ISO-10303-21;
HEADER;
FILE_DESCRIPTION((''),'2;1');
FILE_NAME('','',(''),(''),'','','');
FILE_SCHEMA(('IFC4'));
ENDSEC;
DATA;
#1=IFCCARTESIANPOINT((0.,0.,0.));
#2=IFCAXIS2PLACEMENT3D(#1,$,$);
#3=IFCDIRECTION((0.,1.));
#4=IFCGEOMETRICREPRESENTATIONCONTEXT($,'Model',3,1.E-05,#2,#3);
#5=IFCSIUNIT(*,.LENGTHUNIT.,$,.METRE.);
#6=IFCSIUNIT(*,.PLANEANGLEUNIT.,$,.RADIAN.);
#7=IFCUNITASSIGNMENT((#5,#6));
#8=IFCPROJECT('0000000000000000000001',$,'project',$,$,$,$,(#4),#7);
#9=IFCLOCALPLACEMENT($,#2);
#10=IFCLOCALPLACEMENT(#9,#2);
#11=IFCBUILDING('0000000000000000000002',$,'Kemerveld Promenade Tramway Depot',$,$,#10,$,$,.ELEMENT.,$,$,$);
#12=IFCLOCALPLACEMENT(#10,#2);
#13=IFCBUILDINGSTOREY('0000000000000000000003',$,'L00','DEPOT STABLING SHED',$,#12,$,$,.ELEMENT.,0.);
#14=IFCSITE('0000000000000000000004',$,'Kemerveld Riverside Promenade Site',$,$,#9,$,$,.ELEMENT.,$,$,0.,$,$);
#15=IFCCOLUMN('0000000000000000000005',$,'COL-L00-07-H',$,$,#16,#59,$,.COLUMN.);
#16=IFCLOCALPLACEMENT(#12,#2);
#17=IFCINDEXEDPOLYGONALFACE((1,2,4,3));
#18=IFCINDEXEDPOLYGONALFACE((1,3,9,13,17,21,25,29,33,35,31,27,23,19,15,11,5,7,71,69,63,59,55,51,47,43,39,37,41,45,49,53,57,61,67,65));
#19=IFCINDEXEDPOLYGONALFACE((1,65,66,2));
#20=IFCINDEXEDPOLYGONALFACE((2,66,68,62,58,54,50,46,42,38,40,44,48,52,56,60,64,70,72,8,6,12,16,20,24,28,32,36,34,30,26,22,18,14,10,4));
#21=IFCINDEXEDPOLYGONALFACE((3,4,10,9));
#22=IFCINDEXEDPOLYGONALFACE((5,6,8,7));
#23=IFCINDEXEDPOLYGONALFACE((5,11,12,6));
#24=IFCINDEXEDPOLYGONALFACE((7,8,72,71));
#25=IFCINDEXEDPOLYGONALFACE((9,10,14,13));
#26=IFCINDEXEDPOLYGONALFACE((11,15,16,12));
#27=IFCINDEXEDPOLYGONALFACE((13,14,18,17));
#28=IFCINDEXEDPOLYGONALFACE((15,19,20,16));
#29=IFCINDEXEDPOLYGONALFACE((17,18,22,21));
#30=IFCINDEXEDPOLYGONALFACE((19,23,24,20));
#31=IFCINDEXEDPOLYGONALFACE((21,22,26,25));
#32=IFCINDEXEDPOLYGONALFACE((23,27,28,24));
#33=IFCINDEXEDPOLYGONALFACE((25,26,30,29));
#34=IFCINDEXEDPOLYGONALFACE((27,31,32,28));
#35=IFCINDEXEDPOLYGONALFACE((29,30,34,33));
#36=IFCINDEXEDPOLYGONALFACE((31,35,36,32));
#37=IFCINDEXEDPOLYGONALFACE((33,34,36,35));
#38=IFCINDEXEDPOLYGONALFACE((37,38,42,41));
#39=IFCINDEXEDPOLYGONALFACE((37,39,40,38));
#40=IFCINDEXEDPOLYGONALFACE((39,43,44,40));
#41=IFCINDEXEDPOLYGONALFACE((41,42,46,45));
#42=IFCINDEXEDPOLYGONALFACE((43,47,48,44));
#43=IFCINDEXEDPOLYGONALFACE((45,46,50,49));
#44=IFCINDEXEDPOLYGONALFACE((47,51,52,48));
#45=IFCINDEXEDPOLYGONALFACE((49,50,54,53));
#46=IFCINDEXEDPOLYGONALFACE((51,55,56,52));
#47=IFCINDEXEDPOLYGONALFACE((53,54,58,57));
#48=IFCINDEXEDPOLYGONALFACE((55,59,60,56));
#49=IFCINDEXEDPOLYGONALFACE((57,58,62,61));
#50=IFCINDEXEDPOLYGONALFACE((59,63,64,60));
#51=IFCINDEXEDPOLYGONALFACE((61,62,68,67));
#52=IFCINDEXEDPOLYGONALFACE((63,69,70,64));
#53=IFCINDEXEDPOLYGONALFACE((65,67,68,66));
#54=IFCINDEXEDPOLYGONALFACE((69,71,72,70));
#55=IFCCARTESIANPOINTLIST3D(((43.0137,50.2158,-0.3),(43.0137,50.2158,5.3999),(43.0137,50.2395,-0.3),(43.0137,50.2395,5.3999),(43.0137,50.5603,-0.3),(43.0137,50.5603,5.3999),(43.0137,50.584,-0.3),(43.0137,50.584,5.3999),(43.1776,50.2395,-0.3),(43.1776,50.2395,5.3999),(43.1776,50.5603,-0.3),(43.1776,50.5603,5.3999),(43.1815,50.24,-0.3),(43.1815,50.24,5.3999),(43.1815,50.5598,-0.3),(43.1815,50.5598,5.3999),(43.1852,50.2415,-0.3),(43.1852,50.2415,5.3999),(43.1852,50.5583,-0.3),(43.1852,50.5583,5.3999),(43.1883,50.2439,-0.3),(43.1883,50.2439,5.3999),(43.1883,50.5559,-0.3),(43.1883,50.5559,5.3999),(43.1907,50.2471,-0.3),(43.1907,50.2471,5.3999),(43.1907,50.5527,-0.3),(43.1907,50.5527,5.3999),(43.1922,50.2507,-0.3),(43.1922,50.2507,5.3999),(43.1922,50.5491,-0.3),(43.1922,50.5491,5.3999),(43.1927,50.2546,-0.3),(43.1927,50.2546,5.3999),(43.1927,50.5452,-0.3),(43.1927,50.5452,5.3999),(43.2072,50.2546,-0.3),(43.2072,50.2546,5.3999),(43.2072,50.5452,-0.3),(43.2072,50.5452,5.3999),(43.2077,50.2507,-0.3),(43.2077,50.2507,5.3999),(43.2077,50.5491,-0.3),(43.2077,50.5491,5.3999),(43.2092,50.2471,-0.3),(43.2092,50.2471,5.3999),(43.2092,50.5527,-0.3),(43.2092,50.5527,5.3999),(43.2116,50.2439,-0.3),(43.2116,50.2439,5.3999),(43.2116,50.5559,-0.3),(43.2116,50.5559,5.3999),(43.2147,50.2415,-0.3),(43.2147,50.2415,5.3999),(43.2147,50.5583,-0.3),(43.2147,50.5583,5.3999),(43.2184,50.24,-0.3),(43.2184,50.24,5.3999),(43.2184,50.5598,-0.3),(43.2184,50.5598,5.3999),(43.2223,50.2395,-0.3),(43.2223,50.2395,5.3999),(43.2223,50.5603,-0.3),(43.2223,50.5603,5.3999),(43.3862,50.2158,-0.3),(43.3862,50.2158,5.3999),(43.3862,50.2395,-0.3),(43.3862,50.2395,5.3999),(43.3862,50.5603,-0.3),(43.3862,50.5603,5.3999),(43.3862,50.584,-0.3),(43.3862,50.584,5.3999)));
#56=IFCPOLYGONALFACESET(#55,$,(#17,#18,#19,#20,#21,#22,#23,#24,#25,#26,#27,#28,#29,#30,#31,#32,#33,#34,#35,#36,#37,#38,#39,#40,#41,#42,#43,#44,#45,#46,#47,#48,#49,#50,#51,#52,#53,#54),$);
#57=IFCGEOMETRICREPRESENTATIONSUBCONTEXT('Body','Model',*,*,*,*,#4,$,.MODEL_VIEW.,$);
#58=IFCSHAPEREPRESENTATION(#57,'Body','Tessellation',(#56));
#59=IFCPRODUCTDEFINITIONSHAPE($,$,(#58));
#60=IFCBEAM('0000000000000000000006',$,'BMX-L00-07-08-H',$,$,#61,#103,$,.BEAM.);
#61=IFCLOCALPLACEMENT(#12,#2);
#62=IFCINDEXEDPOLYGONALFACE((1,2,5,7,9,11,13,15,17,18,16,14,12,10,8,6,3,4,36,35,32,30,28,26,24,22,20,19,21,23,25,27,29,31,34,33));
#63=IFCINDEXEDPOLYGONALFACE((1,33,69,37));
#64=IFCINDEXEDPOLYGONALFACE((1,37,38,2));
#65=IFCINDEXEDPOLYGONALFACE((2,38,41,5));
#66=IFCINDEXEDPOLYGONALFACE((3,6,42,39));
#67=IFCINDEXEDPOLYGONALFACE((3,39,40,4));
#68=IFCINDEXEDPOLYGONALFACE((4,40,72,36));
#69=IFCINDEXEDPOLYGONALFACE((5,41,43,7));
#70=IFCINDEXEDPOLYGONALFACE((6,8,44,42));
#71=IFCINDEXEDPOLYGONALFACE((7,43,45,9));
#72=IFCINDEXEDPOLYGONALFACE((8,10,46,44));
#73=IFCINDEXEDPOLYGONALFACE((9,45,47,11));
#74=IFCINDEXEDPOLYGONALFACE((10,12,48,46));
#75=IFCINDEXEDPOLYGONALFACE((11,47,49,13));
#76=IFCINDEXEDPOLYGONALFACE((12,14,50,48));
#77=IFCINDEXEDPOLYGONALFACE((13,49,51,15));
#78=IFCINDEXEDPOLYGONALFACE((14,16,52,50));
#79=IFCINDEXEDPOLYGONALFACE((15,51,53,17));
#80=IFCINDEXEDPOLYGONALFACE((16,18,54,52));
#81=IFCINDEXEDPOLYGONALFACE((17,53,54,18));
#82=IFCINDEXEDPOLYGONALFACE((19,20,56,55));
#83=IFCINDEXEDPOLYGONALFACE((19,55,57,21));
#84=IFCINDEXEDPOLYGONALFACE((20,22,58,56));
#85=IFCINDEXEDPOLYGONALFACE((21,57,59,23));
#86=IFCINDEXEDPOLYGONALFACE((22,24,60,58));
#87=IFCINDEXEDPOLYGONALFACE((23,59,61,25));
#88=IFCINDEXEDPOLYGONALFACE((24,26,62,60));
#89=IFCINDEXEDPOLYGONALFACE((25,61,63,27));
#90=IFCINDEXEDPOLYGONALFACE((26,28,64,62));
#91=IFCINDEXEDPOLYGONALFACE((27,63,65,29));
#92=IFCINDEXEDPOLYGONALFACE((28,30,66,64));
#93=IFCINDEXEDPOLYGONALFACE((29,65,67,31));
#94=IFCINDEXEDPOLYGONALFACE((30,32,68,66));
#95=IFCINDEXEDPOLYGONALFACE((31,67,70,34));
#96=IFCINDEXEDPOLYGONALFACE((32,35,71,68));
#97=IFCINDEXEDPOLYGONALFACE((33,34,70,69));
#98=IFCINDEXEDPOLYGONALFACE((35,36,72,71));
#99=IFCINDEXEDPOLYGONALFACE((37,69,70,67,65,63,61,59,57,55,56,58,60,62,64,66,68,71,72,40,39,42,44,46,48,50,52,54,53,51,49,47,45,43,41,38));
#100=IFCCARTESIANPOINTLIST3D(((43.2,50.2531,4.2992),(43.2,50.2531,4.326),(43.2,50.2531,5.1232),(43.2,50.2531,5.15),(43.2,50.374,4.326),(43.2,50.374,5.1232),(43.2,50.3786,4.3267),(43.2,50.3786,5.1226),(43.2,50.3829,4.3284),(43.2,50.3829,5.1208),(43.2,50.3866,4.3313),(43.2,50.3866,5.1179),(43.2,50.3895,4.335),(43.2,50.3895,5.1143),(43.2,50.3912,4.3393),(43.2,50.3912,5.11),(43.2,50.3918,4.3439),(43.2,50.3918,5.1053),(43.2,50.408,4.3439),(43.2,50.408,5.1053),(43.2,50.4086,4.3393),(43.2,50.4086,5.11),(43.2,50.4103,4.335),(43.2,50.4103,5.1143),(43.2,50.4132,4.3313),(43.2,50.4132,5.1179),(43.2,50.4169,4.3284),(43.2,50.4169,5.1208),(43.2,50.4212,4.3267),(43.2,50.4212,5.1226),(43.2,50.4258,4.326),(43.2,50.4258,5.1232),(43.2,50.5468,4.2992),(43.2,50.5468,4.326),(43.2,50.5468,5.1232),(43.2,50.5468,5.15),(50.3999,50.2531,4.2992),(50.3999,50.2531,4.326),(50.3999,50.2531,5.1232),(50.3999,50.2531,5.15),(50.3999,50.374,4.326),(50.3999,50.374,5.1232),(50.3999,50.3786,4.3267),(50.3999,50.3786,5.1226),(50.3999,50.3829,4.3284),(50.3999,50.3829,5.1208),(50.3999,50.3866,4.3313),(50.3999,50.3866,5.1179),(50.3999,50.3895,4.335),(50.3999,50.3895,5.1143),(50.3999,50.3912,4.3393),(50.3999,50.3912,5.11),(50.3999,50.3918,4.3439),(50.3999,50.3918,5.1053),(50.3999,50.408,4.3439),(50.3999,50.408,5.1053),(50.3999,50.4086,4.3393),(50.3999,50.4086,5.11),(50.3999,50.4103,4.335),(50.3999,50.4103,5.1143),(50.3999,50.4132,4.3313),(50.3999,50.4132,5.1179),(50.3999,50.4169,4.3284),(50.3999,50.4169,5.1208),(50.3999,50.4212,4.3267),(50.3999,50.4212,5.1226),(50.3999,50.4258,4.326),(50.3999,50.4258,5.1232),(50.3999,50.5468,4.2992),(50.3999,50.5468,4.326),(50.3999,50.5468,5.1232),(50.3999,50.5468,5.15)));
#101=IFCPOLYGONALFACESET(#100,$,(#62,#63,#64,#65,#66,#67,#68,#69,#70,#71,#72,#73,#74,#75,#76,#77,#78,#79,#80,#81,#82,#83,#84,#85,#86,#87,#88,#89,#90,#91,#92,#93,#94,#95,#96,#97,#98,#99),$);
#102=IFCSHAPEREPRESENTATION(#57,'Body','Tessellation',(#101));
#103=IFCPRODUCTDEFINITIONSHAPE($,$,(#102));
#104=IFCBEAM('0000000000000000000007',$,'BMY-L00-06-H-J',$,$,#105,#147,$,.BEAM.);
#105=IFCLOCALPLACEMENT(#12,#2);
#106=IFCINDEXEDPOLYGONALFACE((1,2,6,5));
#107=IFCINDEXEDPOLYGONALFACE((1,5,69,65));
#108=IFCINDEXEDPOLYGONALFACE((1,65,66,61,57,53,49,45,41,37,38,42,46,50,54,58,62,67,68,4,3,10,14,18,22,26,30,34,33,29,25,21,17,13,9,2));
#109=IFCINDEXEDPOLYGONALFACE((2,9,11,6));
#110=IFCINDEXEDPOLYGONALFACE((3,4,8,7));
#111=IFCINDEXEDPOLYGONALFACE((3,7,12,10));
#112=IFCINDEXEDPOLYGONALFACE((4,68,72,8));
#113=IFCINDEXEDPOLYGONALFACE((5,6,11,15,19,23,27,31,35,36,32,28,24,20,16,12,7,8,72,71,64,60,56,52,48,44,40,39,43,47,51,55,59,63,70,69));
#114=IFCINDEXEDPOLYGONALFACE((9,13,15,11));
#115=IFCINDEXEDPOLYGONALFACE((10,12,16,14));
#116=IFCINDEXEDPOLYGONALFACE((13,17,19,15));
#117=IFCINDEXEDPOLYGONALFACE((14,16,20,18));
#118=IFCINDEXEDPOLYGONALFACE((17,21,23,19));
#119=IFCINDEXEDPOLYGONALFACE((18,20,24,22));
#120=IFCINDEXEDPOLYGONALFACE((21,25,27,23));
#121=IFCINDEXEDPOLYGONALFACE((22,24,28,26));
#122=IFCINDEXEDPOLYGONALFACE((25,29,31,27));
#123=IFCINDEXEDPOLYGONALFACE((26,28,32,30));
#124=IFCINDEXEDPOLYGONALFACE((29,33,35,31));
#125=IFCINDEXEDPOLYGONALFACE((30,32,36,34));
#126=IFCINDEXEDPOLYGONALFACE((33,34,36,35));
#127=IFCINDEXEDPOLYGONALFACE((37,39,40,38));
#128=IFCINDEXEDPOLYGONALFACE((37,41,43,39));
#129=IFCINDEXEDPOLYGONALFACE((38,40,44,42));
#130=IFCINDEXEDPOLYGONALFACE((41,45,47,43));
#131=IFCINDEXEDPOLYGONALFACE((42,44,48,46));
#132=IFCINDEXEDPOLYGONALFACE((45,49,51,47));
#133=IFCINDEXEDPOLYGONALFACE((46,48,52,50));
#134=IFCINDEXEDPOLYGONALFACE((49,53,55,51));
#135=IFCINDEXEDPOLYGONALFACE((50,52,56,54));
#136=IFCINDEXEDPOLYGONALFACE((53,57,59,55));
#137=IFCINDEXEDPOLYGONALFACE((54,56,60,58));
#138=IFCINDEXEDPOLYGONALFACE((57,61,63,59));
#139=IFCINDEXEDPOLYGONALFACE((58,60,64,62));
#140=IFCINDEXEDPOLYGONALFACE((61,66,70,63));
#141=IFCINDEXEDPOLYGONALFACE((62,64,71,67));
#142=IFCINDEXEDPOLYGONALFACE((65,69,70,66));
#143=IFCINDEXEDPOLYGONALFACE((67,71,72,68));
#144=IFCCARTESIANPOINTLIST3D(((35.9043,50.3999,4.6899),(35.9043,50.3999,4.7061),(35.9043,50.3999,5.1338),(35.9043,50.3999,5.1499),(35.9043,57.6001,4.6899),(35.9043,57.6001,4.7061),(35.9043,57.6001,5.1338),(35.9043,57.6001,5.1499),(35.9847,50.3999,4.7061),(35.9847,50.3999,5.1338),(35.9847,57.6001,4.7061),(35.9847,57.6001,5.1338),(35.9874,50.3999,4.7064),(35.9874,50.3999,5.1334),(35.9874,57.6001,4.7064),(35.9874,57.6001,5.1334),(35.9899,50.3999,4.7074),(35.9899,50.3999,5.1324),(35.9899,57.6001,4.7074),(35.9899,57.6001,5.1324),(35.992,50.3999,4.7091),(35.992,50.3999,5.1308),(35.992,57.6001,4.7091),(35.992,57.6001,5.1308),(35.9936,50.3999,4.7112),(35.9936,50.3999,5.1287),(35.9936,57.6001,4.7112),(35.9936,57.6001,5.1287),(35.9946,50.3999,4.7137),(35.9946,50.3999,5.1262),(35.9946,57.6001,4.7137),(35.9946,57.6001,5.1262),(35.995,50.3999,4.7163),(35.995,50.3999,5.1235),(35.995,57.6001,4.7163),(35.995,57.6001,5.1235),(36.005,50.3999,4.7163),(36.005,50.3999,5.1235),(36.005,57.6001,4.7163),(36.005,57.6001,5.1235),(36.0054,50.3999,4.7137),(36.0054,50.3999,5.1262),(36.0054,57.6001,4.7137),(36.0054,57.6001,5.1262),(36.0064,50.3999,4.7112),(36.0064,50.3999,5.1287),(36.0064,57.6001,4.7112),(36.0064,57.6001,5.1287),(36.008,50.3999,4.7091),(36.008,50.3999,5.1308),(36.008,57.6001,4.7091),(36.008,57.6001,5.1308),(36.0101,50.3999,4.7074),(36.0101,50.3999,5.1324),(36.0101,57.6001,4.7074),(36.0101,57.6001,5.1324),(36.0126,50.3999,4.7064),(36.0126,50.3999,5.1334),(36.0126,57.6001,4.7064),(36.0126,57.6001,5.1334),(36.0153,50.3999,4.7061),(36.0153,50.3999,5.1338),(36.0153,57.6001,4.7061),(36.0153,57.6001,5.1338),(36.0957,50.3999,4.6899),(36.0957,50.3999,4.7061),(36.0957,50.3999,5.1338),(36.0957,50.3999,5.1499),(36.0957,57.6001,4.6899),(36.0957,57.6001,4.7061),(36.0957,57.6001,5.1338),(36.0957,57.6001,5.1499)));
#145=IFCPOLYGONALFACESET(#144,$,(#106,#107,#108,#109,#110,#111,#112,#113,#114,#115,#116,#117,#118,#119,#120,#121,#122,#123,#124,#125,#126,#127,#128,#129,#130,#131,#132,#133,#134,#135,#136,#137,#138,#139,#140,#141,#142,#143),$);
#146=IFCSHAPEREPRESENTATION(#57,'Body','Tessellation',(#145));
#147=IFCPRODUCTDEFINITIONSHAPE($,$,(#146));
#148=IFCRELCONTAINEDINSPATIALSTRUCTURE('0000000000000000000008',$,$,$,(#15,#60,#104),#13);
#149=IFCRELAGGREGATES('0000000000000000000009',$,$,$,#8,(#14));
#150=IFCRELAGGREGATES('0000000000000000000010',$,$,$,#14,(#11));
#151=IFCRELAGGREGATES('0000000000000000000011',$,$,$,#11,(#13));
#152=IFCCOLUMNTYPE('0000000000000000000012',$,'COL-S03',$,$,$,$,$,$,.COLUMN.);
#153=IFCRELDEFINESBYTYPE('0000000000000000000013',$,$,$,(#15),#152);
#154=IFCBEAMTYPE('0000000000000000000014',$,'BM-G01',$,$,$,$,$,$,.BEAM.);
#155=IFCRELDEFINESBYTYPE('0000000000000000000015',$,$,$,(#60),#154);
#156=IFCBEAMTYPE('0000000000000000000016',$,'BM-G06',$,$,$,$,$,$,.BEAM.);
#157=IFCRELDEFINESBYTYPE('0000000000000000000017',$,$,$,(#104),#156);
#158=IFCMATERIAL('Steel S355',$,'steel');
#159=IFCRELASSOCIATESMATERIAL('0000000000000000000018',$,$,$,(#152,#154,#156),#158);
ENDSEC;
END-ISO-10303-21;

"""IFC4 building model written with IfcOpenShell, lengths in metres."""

from ifc_helpers import new_model, si_unit, direction, frame, origin, origin_2d, place, context, subcontext, project, spatial, i_section, extrude, material, material_profile, profile_set, type_object, element, save


model = new_model("IFC4")

# Units and contexts
model_context = context("Model", 3, precision=1e-05, world=origin(), true_north=direction((0.0, 1.0)))
body_context = subcontext(model_context, "Body", "Model", "MODEL_VIEW")
ifc_project = project(units=[si_unit("LENGTHUNIT", "METRE"), si_unit("PLANEANGLEUNIT", "RADIAN")], contexts=[model_context])

# Site, building, storey
site_placement = place(None, origin())
site = spatial("IfcSite", under=ifc_project, at=site_placement, Name="Kemerveld Riverside Promenade Site", CompositionType="ELEMENT", RefElevation=0.0)
building_placement = place(site_placement, origin())
building = spatial("IfcBuilding", under=site, at=building_placement, Name="Kemerveld Promenade Tramway Depot", CompositionType="ELEMENT")
storey_placement = place(building_placement, origin())
storey = spatial("IfcBuildingStorey", under=building, at=storey_placement, Name="L00", Description="DEPOT STABLING SHED", CompositionType="ELEMENT", Elevation=0.0)

# Column
ifc_material_1 = material(Name="Steel S355", Category="steel")
ifc_material_profile_1 = material_profile(ifc_material_1, i_section(OverallWidth=0.3726, OverallDepth=0.3682, WebThickness=0.0144, FlangeThickness=0.0237, FilletRadius=0.0151, at=origin_2d()), Name="356x368x177 UC")
ifc_profile_set_1 = profile_set([ifc_material_profile_1], Name="Steel S355")
column_type = type_object("IfcColumnType", Name="COL-S03", PredefinedType="COLUMN", material=ifc_profile_set_1)
for number, where, z_axis, x_axis, name in (
    (1, (43.2, 50.3999, -0.3), (0.0, 0.0, 1.0), (1.0, 0.0, 0.0), "COL-L00-07-H"),
):
    element("IfcColumn", number, at=place(storey_placement, frame(where, z_axis=z_axis, x_axis=x_axis)), inside=storey, type_object=column_type, Name=name, PredefinedType="COLUMN", context=body_context, shape_type="SweptSolid", body=[
        extrude(i_section(OverallWidth=0.3726, OverallDepth=0.3682, WebThickness=0.0144, FlangeThickness=0.0237, FilletRadius=0.0151, at=origin_2d()), origin(), (0.0, 0.0, 1.0), 5.7),
    ])

# Beams
ifc_material_profile_2 = material_profile(ifc_material_1, i_section(OverallWidth=0.2937, OverallDepth=0.8508, WebThickness=0.0161, FlangeThickness=0.0269, FilletRadius=0.0178, at=origin_2d()), Name="838x292x226 UB")
ifc_profile_set_2 = profile_set([ifc_material_profile_2], Name="Steel S355")
beam_type_1 = type_object("IfcBeamType", Name="BM-G01", PredefinedType="BEAM", material=ifc_profile_set_2)
beam_1_placement = place(storey_placement, frame((43.2, 50.3999, 4.7246), z_axis=(1.0, 0.0, 0.0), x_axis=(0.0, 1.0, 0.0)))
element("IfcBeam", 2, at=beam_1_placement, inside=storey, type_object=beam_type_1, Name="BMX-L00-07-08-H", PredefinedType="BEAM", context=body_context, shape_type="SweptSolid", body=[
    extrude(i_section(OverallWidth=0.2937, OverallDepth=0.8508, WebThickness=0.0161, FlangeThickness=0.0269, FilletRadius=0.0178, at=origin_2d()), origin(), (0.0, 0.0, 1.0), 7.2),
])
ifc_material_profile_3 = material_profile(ifc_material_1, i_section(OverallWidth=0.1914, OverallDepth=0.46, WebThickness=0.01, FlangeThickness=0.0161, FilletRadius=0.0103, at=origin_2d()), Name="457x191x82 UB")
ifc_profile_set_3 = profile_set([ifc_material_profile_3], Name="Steel S355")
beam_type_2 = type_object("IfcBeamType", Name="BM-G06", PredefinedType="BEAM", material=ifc_profile_set_3)
beam_2_placement = place(storey_placement, frame((36.0, 50.3999, 4.9199), z_axis=(0.0, 1.0, 0.0), x_axis=(-1.0, 0.0, 0.0)))
element("IfcBeam", 3, at=beam_2_placement, inside=storey, type_object=beam_type_2, Name="BMY-L00-06-H-J", PredefinedType="BEAM", context=body_context, shape_type="SweptSolid", body=[
    extrude(i_section(OverallWidth=0.1914, OverallDepth=0.46, WebThickness=0.01, FlangeThickness=0.0161, FilletRadius=0.0103, at=origin_2d()), origin(), (0.0, 0.0, 1.0), 7.2002),
])

save(model, "model.ifc")
